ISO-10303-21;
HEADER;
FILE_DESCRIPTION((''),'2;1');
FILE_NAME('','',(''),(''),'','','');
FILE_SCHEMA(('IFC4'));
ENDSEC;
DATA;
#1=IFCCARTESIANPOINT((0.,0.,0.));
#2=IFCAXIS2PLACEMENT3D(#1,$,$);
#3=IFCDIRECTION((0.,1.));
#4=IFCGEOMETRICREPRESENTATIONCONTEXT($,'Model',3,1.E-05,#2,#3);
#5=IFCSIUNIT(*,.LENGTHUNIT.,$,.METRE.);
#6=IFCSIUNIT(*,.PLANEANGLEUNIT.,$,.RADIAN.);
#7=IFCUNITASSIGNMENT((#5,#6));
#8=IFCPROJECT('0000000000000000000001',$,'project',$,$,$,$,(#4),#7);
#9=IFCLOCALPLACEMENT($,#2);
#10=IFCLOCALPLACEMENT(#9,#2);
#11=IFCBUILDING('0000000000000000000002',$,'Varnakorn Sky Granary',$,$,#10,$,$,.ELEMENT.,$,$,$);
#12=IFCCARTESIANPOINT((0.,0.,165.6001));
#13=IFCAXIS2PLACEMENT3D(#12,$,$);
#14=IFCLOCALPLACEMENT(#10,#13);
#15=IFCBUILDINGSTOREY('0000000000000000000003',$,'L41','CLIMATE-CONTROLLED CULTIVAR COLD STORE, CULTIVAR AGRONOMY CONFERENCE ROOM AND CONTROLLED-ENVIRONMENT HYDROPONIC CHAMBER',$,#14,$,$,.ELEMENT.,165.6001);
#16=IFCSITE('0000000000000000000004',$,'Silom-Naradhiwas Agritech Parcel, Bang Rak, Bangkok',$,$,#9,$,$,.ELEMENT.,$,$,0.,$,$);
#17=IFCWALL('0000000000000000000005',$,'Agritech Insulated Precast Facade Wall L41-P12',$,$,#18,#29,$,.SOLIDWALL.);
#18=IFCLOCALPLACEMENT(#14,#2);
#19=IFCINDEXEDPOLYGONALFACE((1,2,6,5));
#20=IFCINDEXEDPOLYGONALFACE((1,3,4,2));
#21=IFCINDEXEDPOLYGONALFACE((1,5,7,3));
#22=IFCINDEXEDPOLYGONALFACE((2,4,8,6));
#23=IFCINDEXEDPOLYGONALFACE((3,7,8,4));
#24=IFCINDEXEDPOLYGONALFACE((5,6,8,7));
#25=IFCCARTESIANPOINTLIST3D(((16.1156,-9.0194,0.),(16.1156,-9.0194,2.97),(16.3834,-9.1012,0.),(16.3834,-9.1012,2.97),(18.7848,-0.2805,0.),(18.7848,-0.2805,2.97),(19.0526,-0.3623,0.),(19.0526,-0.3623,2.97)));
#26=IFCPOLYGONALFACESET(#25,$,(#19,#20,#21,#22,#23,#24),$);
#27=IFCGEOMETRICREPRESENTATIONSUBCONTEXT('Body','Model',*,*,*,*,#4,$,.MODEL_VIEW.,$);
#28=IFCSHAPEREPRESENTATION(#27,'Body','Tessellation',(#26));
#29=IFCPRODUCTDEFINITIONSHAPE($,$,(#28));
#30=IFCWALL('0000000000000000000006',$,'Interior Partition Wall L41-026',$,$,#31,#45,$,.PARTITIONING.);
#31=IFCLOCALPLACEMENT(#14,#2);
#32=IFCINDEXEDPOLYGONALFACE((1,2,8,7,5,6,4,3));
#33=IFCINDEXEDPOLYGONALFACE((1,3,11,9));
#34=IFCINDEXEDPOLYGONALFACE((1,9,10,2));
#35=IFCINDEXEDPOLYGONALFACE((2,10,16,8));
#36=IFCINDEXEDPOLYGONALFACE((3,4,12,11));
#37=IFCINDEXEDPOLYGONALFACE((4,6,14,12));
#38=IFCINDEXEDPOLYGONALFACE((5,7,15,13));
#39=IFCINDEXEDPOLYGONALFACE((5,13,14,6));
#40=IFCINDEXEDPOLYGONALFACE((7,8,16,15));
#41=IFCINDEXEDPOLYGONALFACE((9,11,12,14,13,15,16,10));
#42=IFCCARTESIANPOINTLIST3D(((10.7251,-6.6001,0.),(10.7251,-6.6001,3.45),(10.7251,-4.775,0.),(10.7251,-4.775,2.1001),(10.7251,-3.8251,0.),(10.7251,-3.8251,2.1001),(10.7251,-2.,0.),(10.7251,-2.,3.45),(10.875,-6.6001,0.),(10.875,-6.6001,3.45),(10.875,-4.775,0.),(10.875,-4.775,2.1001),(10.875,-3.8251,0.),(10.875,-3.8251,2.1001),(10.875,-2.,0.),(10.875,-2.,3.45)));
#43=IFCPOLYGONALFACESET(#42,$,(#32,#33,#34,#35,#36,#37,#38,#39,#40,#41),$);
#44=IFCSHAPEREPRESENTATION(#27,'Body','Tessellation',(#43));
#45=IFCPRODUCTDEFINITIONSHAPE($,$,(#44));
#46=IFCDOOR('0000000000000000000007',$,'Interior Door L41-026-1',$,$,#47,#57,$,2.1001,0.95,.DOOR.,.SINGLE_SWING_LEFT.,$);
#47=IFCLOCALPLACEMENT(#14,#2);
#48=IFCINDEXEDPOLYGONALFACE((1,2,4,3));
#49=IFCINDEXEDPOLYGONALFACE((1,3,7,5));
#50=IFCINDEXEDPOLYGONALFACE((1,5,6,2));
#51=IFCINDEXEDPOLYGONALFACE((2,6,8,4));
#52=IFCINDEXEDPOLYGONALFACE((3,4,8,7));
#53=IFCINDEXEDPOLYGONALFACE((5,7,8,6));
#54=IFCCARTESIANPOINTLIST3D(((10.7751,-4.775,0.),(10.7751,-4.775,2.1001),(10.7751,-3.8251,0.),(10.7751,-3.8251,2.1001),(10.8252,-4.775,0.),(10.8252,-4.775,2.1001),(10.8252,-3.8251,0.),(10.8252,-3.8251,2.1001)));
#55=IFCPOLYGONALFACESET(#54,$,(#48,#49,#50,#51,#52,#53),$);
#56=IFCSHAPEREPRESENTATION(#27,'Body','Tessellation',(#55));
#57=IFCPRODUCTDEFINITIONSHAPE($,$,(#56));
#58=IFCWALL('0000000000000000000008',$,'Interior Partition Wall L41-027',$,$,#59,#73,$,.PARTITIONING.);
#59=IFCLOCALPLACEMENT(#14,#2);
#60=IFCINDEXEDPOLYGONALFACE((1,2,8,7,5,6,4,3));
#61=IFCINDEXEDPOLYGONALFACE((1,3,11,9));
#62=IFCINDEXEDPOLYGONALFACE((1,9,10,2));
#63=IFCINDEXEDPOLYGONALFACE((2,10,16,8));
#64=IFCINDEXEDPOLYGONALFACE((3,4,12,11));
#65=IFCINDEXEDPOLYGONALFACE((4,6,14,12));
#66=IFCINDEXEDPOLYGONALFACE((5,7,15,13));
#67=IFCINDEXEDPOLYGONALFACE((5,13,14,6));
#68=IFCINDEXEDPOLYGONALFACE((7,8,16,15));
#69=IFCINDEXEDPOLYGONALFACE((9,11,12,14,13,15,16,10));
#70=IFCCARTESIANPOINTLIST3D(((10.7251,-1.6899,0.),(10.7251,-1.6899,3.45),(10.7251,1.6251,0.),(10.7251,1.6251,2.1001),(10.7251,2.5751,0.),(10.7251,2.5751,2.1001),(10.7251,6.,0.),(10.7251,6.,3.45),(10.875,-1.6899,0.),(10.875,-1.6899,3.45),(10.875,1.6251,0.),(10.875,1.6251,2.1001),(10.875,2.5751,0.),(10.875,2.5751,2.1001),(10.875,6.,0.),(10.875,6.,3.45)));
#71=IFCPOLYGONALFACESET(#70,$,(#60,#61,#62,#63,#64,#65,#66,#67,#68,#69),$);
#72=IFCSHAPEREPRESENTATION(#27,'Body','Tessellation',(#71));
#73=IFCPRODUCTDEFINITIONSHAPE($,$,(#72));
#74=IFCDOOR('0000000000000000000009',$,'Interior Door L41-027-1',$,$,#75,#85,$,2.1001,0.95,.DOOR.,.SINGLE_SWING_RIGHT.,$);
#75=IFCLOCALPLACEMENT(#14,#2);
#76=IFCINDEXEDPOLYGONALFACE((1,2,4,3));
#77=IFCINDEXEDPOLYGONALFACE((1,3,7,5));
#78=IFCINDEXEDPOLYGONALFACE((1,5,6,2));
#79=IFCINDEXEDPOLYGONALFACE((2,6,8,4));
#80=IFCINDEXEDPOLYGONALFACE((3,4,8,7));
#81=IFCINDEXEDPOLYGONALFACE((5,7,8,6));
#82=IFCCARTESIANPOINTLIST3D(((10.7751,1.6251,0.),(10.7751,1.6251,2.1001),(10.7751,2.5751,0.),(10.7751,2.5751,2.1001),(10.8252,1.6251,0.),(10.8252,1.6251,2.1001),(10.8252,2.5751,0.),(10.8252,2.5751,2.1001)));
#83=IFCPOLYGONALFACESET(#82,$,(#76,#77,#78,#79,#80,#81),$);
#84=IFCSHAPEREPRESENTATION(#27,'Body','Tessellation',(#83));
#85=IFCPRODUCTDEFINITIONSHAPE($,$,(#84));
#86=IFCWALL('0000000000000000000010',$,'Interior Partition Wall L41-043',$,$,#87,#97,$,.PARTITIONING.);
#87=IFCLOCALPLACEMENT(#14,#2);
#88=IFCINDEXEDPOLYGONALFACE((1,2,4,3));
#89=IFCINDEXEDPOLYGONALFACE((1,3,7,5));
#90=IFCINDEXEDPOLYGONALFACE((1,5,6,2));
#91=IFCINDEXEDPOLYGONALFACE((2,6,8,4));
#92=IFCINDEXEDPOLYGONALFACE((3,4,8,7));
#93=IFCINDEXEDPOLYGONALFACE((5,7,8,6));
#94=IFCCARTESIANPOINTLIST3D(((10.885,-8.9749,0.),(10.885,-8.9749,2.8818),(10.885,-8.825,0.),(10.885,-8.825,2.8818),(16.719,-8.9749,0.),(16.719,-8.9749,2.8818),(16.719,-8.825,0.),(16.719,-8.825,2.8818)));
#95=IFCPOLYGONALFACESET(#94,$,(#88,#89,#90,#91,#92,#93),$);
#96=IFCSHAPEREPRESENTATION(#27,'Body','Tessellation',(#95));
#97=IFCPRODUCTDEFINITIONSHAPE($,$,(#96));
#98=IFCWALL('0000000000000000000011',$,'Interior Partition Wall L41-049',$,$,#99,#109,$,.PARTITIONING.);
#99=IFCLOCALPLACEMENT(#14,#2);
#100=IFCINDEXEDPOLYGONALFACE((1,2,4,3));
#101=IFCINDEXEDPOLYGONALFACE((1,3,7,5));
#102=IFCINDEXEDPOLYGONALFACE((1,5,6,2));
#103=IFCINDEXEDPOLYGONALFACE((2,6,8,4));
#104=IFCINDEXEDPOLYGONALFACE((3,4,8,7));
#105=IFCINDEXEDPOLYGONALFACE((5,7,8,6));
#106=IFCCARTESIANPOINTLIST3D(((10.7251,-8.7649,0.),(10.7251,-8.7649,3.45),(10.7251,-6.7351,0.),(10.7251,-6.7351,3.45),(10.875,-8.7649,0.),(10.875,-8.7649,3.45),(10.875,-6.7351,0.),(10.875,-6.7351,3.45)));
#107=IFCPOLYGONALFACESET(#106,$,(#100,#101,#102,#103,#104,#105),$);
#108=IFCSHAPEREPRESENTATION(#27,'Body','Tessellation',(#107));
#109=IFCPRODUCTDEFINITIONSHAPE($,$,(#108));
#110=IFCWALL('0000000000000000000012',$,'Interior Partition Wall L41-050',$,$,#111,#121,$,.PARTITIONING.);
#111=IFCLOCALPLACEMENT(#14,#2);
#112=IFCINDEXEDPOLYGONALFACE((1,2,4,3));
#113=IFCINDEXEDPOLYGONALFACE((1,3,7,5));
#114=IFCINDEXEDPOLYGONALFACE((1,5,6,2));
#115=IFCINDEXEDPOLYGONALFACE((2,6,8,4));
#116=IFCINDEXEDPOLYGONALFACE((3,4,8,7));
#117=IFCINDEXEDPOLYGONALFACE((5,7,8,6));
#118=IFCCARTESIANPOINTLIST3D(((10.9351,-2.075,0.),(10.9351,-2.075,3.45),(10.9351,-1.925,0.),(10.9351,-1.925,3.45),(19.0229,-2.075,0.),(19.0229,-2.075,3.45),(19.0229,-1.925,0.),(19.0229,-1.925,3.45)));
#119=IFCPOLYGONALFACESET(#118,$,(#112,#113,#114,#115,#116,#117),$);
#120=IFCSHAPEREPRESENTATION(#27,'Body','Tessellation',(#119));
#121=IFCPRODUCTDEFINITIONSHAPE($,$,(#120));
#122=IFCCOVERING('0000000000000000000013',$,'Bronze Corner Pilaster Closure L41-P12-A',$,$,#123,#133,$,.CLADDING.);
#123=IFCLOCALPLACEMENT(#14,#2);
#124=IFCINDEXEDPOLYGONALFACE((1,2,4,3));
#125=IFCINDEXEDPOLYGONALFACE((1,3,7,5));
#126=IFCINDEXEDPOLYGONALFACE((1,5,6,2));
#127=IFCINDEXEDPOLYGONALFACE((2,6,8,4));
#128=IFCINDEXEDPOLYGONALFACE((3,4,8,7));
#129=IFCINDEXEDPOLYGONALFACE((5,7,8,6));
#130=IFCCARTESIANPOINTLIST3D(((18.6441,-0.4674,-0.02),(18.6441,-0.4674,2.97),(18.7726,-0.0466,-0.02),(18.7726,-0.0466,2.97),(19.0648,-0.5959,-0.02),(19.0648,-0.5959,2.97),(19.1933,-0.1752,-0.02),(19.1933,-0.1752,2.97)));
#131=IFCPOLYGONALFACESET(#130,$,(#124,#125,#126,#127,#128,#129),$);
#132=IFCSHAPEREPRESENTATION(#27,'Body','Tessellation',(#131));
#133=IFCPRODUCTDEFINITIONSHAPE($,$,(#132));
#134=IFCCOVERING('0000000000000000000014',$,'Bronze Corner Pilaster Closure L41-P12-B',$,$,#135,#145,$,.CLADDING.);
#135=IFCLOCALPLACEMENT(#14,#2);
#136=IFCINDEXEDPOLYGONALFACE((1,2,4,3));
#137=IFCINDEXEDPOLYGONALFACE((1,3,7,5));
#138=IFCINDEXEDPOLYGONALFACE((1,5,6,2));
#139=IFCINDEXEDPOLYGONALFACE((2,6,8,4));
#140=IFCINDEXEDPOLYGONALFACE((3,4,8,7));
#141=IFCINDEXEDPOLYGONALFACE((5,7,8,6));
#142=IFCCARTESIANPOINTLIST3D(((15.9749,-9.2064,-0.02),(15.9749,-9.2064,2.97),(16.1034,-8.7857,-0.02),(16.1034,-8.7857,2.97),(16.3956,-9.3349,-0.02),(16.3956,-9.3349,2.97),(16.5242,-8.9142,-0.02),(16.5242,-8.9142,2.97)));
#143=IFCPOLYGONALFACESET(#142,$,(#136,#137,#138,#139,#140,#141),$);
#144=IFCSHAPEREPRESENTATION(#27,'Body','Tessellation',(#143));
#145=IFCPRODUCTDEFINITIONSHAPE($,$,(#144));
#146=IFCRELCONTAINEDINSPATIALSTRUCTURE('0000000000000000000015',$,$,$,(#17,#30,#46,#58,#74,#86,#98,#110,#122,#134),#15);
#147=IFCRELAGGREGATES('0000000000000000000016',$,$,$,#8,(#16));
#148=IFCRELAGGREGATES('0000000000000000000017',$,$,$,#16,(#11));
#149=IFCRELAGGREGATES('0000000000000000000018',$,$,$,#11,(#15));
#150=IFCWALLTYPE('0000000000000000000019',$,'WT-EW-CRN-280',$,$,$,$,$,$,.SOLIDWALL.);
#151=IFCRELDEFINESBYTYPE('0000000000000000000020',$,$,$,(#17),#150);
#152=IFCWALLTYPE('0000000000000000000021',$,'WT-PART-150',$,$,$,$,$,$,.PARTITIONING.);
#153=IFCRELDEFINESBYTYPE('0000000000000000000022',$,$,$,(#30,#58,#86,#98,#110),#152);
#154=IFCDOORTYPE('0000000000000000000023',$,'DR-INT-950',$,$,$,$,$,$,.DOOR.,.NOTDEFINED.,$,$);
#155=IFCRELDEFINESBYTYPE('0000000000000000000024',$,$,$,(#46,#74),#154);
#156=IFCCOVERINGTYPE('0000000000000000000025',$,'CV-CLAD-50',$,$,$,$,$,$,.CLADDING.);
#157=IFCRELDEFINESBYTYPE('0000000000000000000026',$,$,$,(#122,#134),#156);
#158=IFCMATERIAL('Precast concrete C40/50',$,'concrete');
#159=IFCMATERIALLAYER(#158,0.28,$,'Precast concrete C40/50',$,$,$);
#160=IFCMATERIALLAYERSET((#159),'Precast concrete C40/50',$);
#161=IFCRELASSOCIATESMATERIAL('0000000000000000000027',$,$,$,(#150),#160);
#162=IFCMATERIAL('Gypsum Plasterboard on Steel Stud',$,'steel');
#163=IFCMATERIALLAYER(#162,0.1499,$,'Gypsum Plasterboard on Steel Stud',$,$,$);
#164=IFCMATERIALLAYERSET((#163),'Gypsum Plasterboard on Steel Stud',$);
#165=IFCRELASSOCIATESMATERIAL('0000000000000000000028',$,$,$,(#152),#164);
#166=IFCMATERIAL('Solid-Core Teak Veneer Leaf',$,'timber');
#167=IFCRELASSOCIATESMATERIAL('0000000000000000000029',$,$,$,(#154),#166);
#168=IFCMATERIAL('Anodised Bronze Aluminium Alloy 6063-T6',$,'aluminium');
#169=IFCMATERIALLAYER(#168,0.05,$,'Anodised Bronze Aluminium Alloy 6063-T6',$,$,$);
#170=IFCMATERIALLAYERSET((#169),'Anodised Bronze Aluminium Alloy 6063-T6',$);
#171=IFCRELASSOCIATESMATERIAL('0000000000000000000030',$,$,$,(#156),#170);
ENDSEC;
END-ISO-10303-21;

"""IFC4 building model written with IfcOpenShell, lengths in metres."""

from ifc_helpers import new_model, si_unit, direction, frame, frame_2d, origin, origin_2d, place, context, subcontext, project, spatial, rectangle, extrude, source, transform, mapped, material, layer, layer_set, type_object, type_shapes, element, fill, save


model = new_model("IFC4")

# Units and contexts
model_context = context("Model", 3, precision=1e-05, world=origin(), true_north=direction((0.0, 1.0)))
body_context = subcontext(model_context, "Body", "Model", "MODEL_VIEW")
ifc_project = project(units=[si_unit("LENGTHUNIT", "METRE"), si_unit("PLANEANGLEUNIT", "RADIAN")], contexts=[model_context])

# Site, building, storey
site_placement = place(None, origin())
site = spatial("IfcSite", under=ifc_project, at=site_placement, Name="Silom-Naradhiwas Agritech Parcel, Bang Rak, Bangkok", CompositionType="ELEMENT", RefElevation=0.0)
building_placement = place(site_placement, origin())
building = spatial("IfcBuilding", under=site, at=building_placement, Name="Varnakorn Sky Granary", CompositionType="ELEMENT")
storey_placement = place(building_placement, frame((0.0, 0.0, 165.6001)))
storey = spatial("IfcBuildingStorey", under=building, at=storey_placement, Name="L41", Description="CLIMATE-CONTROLLED CULTIVAR COLD STORE, CULTIVAR AGRONOMY CONFERENCE ROOM AND CONTROLLED-ENVIRONMENT HYDROPONIC CHAMBER", CompositionType="ELEMENT", Elevation=165.6001)

# Shared definitions
ifc_material_1 = material(Name="Anodised Bronze Aluminium Alloy 6063-T6", Category="aluminium")

# Wall
ifc_material_2 = material(Name="Precast concrete C40/50", Category="concrete")
ifc_layer_1 = layer(ifc_material_2, 0.28, Name="Precast concrete C40/50")
ifc_layer_set_1 = layer_set([ifc_layer_1], Name="Precast concrete C40/50")
wall_type_1 = type_object("IfcWallType", Name="WT-EW-CRN-280", PredefinedType="SOLIDWALL", material=ifc_layer_set_1)
wall_1_placement = place(storey_placement, frame((18.9187, -0.3213, 0.0), z_axis=(0.0, 0.0, 1.0), x_axis=(-0.292112, -0.956384, 0.0)))
element("IfcWall", 1, at=wall_1_placement, inside=storey, type_object=wall_type_1, Name="Agritech Insulated Precast Facade Wall L41-P12", PredefinedType="SOLIDWALL", context=body_context, shape_type="SweptSolid", body=[
    extrude(rectangle(XDim=9.1375, YDim=0.28, at=frame_2d((4.5688, 0.0))), origin(), (0.0, 0.0, 1.0), 2.97),
])

# Walls, openings, doors
ifc_material_3 = material(Name="Gypsum Plasterboard on Steel Stud", Category="steel")
ifc_layer_2 = layer(ifc_material_3, 0.1499, Name="Gypsum Plasterboard on Steel Stud")
ifc_layer_set_2 = layer_set([ifc_layer_2], Name="Gypsum Plasterboard on Steel Stud")
wall_type_2 = type_object("IfcWallType", Name="WT-PART-150", PredefinedType="PARTITIONING", material=ifc_layer_set_2)
wall_2_placement = place(storey_placement, frame((10.8, -6.6001, 0.0), z_axis=(0.0, 0.0, 1.0), x_axis=(0.0, 1.0, 0.0)))
wall_2 = element("IfcWall", 2, at=wall_2_placement, inside=storey, type_object=wall_type_2, Name="Interior Partition Wall L41-026", PredefinedType="PARTITIONING", context=body_context, shape_type="SweptSolid", body=[
    extrude(rectangle(XDim=4.6001, YDim=0.1499, at=frame_2d((2.3, 0.0))), origin(), (0.0, 0.0, 1.0), 3.45),
])
opening_1_placement = place(wall_2_placement, frame((1.825, 0.0, 0.0)))
opening_1 = element("IfcOpeningElement", 3, at=opening_1_placement, cuts=wall_2, PredefinedType="OPENING", context=body_context, shape_type="SweptSolid", body=[
    extrude(rectangle(XDim=0.95, YDim=2.1001, at=frame_2d((0.4751, 1.05))), frame((0.0, 0.085, 0.0), z_axis=(0.0, -1.0, 0.0), x_axis=(1.0, 0.0, 0.0)), (0.0, 0.0, 1.0), 0.1699),
])
ifc_material_4 = material(Name="Solid-Core Teak Veneer Leaf", Category="timber")
door_type = type_object("IfcDoorType", Name="DR-INT-950", OperationType="NOTDEFINED", PredefinedType="DOOR", material=ifc_material_4)
door_1_placement = place(opening_1_placement, origin())
door_1 = element("IfcDoor", 4, at=door_1_placement, inside=storey, type_object=door_type, Name="Interior Door L41-026-1", OperationType="SINGLE_SWING_LEFT", OverallHeight=2.1001, OverallWidth=0.95, PredefinedType="DOOR", context=body_context, shape_type="SweptSolid", body=[
    extrude(rectangle(XDim=0.95, YDim=2.1001, at=frame_2d((0.4751, 1.05))), frame((0.0, 0.0249, 0.0), z_axis=(0.0, -1.0, 0.0), x_axis=(1.0, 0.0, 0.0)), (0.0, 0.0, 1.0), 0.05),
])
fill(opening_1, door_1)
wall_3_placement = place(storey_placement, frame((10.8, -1.6899, 0.0), z_axis=(0.0, 0.0, 1.0), x_axis=(0.0, 1.0, 0.0)))
wall_3 = element("IfcWall", 5, at=wall_3_placement, inside=storey, type_object=wall_type_2, Name="Interior Partition Wall L41-027", PredefinedType="PARTITIONING", context=body_context, shape_type="SweptSolid", body=[
    extrude(rectangle(XDim=7.6899, YDim=0.1499, at=frame_2d((3.845, 0.0))), origin(), (0.0, 0.0, 1.0), 3.45),
])
opening_2_placement = place(wall_3_placement, frame((3.3149, 0.0, 0.0)))
opening_2 = element("IfcOpeningElement", 6, at=opening_2_placement, cuts=wall_3, PredefinedType="OPENING", context=body_context, shape_type="SweptSolid", body=[
    extrude(rectangle(XDim=0.95, YDim=2.1001, at=frame_2d((0.4751, 1.05))), frame((0.0, 0.085, 0.0), z_axis=(0.0, -1.0, 0.0), x_axis=(1.0, 0.0, 0.0)), (0.0, 0.0, 1.0), 0.1699),
])
door_2_placement = place(opening_2_placement, origin())
door_2 = element("IfcDoor", 7, at=door_2_placement, inside=storey, type_object=door_type, Name="Interior Door L41-027-1", OperationType="SINGLE_SWING_RIGHT", OverallHeight=2.1001, OverallWidth=0.95, PredefinedType="DOOR", context=body_context, shape_type="SweptSolid", body=[
    extrude(rectangle(XDim=0.95, YDim=2.1001, at=frame_2d((0.4751, 1.05))), frame((0.0, 0.0249, 0.0), z_axis=(0.0, -1.0, 0.0), x_axis=(1.0, 0.0, 0.0)), (0.0, 0.0, 1.0), 0.05),
])
fill(opening_2, door_2)

# Walls
wall_4_placement = place(storey_placement, frame((10.885, -8.8999, 0.0), z_axis=(0.0, 0.0, 1.0), x_axis=(1.0, 0.0, 0.0)))
element("IfcWall", 8, at=wall_4_placement, inside=storey, type_object=wall_type_2, Name="Interior Partition Wall L41-043", PredefinedType="PARTITIONING", context=body_context, shape_type="SweptSolid", body=[
    extrude(rectangle(XDim=5.834, YDim=0.1499, at=frame_2d((2.917, 0.0))), origin(), (0.0, 0.0, 1.0), 2.8818),
])
wall_5_placement = place(storey_placement, frame((10.8, -8.7649, 0.0), z_axis=(0.0, 0.0, 1.0), x_axis=(0.0, 1.0, 0.0)))
element("IfcWall", 9, at=wall_5_placement, inside=storey, type_object=wall_type_2, Name="Interior Partition Wall L41-049", PredefinedType="PARTITIONING", context=body_context, shape_type="SweptSolid", body=[
    extrude(rectangle(XDim=2.0298, YDim=0.1499, at=frame_2d((1.0149, 0.0))), origin(), (0.0, 0.0, 1.0), 3.45),
])
wall_6_placement = place(storey_placement, frame((10.9351, -2.0, 0.0), z_axis=(0.0, 0.0, 1.0), x_axis=(1.0, 0.0, 0.0)))
element("IfcWall", 10, at=wall_6_placement, inside=storey, type_object=wall_type_2, Name="Interior Partition Wall L41-050", PredefinedType="PARTITIONING", context=body_context, shape_type="SweptSolid", body=[
    extrude(rectangle(XDim=8.0879, YDim=0.1499, at=frame_2d((4.0439, 0.0))), origin(), (0.0, 0.0, 1.0), 3.45),
])

# Coverings
ifc_layer_3 = layer(ifc_material_1, 0.05, Name="Anodised Bronze Aluminium Alloy 6063-T6")
ifc_layer_set_3 = layer_set([ifc_layer_3], Name="Anodised Bronze Aluminium Alloy 6063-T6")
covering_type = type_object("IfcCoveringType", Name="CV-CLAD-50", PredefinedType="CLADDING", material=ifc_layer_set_3)
shared_shape = source(origin(), body_context, "Body", "SweptSolid", [
    extrude(rectangle(XDim=0.4399, YDim=0.4399, at=origin_2d()), origin(), (0.0, 0.0, 1.0), 2.99),
])
type_shapes(covering_type, [shared_shape])
for number, where, z_axis, x_axis, name in (
    (11, (18.9187, -0.3213, -0.02), (0.0, 0.0, 1.0), (-0.292205, -0.956356, 0.0), "Bronze Corner Pilaster Closure L41-P12-A"),
    (12, (16.2495, -9.0603, -0.02), (0.0, 0.0, 1.0), (-0.292205, -0.956356, 0.0), "Bronze Corner Pilaster Closure L41-P12-B"),
):
    element("IfcCovering", number, at=place(storey_placement, frame(where, z_axis=z_axis, x_axis=x_axis)), inside=storey, type_object=covering_type, Name=name, PredefinedType="CLADDING", context=body_context, shape_type="MappedRepresentation", body=[
        mapped(shared_shape, transform((0.0, 0.0, 0.0), x_axis=(1.0, 0.0, 0.0), y_axis=(0.0, 1.0, 0.0), z_axis=(0.0, 0.0, 1.0), scale=1.0)),
    ])

save(model, "model.ifc")
